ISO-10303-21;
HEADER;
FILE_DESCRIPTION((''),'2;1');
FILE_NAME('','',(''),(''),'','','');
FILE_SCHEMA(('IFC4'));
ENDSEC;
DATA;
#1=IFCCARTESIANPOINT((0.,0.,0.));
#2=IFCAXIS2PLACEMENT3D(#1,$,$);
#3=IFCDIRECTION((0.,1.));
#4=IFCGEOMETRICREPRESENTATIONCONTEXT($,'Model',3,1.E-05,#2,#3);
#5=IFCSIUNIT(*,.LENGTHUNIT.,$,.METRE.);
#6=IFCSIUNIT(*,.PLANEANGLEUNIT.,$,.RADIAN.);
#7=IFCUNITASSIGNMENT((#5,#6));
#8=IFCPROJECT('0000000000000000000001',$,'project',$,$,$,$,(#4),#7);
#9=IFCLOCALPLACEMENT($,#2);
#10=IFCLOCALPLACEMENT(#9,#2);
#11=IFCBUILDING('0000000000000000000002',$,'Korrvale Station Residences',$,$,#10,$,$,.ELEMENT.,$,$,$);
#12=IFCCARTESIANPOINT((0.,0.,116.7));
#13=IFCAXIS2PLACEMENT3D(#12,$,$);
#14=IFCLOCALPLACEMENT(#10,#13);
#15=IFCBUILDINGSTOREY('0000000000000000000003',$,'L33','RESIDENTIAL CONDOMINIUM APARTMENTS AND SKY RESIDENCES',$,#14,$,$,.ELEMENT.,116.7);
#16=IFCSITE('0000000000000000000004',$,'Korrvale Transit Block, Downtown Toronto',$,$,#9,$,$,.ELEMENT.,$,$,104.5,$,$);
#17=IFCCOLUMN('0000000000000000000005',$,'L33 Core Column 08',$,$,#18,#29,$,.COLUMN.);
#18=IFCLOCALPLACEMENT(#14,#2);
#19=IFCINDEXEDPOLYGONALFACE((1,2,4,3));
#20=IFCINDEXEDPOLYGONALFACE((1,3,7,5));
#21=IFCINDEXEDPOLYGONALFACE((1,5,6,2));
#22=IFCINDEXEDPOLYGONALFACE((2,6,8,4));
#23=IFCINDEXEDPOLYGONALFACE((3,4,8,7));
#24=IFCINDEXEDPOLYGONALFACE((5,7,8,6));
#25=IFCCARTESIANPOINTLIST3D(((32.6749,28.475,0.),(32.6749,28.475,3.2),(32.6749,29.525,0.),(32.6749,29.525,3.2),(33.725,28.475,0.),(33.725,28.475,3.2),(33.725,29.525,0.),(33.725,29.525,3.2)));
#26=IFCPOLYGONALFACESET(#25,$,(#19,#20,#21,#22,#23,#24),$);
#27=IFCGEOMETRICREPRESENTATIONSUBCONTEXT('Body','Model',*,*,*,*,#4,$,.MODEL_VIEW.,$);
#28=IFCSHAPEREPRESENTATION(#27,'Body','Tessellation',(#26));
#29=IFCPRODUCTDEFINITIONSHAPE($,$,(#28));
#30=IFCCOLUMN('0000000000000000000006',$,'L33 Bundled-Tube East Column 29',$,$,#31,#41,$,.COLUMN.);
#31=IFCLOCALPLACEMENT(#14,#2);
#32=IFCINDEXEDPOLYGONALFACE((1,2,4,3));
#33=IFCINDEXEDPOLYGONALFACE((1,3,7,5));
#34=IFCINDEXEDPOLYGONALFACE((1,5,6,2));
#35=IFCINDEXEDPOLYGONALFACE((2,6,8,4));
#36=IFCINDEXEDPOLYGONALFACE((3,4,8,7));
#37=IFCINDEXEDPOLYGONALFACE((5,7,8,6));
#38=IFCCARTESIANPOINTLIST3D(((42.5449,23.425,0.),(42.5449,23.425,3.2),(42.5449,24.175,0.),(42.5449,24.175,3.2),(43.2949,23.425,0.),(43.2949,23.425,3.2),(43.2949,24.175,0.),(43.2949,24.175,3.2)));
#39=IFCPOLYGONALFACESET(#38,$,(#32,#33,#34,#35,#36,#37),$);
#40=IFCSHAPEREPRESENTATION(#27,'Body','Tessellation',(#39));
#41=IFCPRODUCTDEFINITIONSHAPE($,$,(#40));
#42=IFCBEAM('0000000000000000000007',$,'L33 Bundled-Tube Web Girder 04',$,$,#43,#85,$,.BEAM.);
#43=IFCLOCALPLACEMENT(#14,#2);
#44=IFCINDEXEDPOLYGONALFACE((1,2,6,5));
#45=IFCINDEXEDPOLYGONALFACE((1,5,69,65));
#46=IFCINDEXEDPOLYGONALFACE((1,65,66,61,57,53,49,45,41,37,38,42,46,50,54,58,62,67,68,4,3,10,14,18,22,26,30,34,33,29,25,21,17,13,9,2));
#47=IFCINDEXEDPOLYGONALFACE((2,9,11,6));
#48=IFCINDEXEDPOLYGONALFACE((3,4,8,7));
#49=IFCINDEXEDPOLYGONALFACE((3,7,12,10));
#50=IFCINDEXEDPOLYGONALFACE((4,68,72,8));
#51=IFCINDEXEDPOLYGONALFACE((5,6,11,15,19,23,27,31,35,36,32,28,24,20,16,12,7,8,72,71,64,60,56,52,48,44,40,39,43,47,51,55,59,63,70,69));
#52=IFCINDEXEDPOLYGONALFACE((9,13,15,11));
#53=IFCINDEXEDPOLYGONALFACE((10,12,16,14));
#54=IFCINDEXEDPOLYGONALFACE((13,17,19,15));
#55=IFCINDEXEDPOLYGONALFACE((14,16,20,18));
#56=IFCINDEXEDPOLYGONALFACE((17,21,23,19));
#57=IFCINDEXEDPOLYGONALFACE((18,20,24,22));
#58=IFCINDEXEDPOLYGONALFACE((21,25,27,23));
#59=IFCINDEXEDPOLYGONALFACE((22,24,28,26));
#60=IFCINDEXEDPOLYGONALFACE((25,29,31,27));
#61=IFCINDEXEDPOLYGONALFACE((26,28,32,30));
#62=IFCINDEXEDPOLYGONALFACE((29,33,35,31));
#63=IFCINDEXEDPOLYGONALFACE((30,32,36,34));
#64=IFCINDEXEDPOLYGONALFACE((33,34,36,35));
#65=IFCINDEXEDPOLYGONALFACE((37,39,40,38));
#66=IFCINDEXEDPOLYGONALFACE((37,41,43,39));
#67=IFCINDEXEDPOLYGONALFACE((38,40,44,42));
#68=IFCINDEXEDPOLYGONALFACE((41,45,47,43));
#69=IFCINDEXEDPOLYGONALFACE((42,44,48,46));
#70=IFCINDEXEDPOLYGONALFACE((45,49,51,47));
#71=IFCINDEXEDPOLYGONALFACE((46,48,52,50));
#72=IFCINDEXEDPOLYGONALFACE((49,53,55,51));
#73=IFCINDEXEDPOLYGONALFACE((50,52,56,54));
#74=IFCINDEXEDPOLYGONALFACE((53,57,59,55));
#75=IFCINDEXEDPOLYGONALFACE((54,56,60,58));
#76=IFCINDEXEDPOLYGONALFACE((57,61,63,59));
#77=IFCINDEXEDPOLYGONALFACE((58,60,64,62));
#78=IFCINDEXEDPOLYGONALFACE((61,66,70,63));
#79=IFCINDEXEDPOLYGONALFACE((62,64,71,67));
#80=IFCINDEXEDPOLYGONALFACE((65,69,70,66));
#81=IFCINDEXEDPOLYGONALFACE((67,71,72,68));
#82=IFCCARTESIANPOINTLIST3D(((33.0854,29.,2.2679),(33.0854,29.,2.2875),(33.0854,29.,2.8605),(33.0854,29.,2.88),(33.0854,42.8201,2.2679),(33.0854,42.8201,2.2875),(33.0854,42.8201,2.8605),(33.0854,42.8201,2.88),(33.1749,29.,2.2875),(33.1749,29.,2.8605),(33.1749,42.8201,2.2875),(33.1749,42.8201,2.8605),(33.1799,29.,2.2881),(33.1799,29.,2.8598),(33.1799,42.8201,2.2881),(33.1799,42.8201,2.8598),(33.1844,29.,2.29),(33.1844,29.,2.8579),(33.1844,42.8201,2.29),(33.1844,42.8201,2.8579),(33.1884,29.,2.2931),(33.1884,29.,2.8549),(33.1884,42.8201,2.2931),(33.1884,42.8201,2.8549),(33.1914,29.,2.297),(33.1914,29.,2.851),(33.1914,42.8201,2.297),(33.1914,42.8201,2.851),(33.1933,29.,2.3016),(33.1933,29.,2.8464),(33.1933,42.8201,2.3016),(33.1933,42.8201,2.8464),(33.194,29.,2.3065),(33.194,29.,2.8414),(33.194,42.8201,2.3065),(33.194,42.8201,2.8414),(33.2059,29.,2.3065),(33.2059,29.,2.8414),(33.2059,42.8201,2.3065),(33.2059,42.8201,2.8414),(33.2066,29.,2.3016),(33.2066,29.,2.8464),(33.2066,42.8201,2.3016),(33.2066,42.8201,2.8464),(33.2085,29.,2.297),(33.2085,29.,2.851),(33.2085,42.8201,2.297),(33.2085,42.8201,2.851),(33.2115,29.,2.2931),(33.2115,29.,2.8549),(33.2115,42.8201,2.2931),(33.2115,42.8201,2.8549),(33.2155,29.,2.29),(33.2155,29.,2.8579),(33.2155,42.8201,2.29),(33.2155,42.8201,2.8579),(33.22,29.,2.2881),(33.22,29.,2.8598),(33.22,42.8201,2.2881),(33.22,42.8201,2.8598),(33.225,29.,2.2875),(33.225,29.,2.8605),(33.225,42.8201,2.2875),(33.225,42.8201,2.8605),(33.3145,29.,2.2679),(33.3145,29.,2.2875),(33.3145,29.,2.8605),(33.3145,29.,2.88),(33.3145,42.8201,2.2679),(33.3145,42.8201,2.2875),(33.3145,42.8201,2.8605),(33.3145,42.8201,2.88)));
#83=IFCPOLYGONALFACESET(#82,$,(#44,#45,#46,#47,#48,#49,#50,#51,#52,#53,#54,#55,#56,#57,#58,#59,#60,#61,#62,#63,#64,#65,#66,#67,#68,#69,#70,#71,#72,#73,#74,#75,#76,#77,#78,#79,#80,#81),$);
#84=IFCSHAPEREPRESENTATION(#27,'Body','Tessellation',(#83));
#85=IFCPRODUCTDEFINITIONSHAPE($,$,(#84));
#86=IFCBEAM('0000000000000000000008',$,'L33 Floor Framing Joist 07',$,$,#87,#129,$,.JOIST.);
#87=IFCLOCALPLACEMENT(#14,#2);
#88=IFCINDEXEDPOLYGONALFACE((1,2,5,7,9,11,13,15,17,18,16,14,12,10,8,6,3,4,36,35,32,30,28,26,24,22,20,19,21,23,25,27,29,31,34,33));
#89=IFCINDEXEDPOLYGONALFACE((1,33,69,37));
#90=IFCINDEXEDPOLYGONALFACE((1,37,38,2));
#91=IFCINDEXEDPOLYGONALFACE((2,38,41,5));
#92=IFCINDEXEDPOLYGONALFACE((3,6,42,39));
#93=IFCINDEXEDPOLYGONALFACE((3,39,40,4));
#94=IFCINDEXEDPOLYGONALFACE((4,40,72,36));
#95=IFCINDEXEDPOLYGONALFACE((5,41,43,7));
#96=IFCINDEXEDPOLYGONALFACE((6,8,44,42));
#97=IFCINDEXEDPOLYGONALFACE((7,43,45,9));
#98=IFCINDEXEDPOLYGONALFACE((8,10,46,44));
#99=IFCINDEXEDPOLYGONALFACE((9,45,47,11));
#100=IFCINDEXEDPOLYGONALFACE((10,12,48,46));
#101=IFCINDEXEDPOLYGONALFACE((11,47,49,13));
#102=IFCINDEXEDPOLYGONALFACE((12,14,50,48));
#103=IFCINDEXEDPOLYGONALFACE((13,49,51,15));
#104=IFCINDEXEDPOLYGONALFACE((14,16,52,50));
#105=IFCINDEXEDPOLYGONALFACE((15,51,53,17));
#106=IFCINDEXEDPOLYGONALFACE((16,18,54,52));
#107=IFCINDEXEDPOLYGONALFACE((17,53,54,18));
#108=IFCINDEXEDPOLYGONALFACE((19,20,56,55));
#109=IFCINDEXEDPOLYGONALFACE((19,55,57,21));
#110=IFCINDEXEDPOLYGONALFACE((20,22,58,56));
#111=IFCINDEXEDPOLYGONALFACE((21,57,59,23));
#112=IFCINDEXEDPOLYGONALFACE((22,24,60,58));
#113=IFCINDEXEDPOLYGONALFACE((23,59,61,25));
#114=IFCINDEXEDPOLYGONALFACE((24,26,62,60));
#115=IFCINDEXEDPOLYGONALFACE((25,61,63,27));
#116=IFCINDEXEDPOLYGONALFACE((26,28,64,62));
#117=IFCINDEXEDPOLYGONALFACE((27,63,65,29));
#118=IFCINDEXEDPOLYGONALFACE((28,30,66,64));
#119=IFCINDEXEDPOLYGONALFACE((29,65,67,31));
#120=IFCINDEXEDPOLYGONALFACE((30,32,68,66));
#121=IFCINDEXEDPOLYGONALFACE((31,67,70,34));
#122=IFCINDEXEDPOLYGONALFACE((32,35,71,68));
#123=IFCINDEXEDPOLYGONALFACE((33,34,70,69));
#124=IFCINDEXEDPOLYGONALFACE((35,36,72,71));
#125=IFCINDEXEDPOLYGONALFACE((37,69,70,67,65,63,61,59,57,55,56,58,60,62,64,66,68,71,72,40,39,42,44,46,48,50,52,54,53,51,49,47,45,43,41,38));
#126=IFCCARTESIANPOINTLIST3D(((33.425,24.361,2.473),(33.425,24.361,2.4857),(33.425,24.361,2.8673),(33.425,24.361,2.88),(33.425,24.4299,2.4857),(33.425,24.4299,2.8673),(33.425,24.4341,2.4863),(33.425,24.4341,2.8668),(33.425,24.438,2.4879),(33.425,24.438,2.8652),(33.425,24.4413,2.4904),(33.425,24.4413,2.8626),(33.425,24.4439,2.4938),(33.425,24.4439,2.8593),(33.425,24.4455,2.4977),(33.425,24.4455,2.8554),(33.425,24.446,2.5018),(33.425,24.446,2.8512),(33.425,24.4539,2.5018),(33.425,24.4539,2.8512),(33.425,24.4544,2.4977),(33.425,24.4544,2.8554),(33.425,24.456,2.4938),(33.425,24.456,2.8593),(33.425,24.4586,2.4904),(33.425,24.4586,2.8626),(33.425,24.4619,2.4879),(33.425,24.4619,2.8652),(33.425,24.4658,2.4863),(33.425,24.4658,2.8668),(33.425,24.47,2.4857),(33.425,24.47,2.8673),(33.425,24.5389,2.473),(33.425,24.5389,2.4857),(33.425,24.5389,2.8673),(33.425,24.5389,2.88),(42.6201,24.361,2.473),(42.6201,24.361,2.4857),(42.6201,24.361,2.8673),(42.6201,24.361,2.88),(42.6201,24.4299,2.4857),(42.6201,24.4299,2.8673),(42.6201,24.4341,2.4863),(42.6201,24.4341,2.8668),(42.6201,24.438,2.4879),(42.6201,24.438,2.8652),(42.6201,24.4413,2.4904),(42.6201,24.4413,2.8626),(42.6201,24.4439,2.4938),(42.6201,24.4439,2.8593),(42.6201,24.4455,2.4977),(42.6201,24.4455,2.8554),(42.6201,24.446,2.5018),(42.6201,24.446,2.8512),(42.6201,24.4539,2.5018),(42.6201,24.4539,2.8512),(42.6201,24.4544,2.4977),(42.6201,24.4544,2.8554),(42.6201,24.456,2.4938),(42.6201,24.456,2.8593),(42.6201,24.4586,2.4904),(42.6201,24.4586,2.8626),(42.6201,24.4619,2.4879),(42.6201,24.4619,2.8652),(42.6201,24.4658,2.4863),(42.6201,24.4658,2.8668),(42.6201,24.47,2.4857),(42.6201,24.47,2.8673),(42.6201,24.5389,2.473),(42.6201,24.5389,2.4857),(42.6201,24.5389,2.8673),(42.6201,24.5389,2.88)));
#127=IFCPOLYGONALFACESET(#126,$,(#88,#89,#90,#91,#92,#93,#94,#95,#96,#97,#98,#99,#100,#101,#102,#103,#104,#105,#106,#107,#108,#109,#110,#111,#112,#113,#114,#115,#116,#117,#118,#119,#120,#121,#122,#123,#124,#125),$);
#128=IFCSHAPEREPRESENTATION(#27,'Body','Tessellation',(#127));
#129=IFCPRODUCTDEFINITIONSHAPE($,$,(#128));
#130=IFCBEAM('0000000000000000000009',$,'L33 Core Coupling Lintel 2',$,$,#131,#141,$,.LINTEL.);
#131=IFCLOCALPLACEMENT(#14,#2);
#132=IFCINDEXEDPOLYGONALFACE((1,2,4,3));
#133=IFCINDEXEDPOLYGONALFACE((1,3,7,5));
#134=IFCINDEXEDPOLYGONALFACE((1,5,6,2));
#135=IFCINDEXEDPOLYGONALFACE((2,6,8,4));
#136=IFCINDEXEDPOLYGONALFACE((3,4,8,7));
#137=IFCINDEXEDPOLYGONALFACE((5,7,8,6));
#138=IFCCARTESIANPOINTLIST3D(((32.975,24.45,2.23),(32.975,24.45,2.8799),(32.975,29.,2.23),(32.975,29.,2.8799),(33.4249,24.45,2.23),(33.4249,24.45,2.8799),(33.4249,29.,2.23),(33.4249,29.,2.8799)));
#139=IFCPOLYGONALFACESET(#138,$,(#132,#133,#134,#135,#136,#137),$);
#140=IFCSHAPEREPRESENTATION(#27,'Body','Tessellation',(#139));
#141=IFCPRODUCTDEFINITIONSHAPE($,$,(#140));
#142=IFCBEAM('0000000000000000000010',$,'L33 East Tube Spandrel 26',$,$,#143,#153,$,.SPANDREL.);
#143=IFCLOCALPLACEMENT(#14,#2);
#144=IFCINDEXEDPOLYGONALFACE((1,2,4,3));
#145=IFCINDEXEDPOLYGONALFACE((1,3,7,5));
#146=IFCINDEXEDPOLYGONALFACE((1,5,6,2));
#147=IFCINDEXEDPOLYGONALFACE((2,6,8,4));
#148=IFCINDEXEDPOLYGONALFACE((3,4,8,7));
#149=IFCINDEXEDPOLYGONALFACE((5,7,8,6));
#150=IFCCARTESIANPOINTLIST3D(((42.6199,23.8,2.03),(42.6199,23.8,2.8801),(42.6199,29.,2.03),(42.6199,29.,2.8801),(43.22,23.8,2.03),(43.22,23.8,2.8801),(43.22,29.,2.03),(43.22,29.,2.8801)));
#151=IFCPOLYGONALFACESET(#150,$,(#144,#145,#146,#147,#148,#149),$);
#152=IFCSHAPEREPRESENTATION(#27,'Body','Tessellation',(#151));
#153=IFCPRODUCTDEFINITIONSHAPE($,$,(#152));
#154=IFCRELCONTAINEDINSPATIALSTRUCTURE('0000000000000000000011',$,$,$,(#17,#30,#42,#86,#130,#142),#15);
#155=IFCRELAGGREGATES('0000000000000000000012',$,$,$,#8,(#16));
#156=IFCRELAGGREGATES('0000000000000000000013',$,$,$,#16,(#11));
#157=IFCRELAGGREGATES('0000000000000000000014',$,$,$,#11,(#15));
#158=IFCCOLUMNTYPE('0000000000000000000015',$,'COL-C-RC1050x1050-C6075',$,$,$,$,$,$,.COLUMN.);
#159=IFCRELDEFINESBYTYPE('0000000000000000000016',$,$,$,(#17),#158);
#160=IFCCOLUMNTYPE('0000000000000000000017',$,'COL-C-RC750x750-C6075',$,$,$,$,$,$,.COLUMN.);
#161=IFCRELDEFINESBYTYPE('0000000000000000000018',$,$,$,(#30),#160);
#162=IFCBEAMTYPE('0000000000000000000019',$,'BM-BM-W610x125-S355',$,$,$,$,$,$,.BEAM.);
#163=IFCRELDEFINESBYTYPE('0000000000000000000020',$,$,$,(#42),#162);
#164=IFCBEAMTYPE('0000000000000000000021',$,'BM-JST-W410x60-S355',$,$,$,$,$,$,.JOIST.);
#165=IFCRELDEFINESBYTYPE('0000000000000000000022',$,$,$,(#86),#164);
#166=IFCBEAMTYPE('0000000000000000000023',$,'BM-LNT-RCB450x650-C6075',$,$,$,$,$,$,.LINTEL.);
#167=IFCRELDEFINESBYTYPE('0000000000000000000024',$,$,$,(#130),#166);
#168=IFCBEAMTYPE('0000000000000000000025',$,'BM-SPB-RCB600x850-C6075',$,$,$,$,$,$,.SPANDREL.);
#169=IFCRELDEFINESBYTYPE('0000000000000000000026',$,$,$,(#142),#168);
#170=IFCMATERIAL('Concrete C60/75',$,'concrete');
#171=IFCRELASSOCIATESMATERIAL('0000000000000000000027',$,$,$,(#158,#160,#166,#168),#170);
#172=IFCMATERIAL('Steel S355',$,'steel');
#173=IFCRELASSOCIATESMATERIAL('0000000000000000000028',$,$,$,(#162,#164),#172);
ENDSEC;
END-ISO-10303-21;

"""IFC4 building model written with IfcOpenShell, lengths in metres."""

from ifc_helpers import new_model, si_unit, direction, frame, origin, origin_2d, place, context, subcontext, project, spatial, rectangle, i_section, extrude, material, material_profile, profile_set, type_object, element, save


model = new_model("IFC4")

# Units and contexts
model_context = context("Model", 3, precision=1e-05, world=origin(), true_north=direction((0.0, 1.0)))
body_context = subcontext(model_context, "Body", "Model", "MODEL_VIEW")
ifc_project = project(units=[si_unit("LENGTHUNIT", "METRE"), si_unit("PLANEANGLEUNIT", "RADIAN")], contexts=[model_context])

# Site, building, storey
site_placement = place(None, origin())
site = spatial("IfcSite", under=ifc_project, at=site_placement, Name="Korrvale Transit Block, Downtown Toronto", CompositionType="ELEMENT", RefElevation=104.5)
building_placement = place(site_placement, origin())
building = spatial("IfcBuilding", under=site, at=building_placement, Name="Korrvale Station Residences", CompositionType="ELEMENT")
storey_placement = place(building_placement, frame((0.0, 0.0, 116.7)))
storey = spatial("IfcBuildingStorey", under=building, at=storey_placement, Name="L33", Description="RESIDENTIAL CONDOMINIUM APARTMENTS AND SKY RESIDENCES", CompositionType="ELEMENT", Elevation=116.7)

# Columns
ifc_material_1 = material(Name="Concrete C60/75", Category="concrete")
ifc_material_profile_1 = material_profile(ifc_material_1, rectangle(XDim=1.05, YDim=1.05, at=origin_2d()), Name="RC1050x1050")
ifc_profile_set_1 = profile_set([ifc_material_profile_1], Name="Concrete C60/75")
column_type_1 = type_object("IfcColumnType", Name="COL-C-RC1050x1050-C6075", PredefinedType="COLUMN", material=ifc_profile_set_1)
column_1_placement = place(storey_placement, frame((33.2, 29.0, 0.0), z_axis=(0.0, 0.0, 1.0), x_axis=(1.0, 0.0, 0.0)))
element("IfcColumn", 1, at=column_1_placement, inside=storey, type_object=column_type_1, Name="L33 Core Column 08", PredefinedType="COLUMN", context=body_context, shape_type="SweptSolid", body=[
    extrude(rectangle(XDim=1.05, YDim=1.05, at=origin_2d()), origin(), (0.0, 0.0, 1.0), 3.2),
])
ifc_material_profile_2 = material_profile(ifc_material_1, rectangle(XDim=0.75, YDim=0.75, at=origin_2d()), Name="RC750x750")
ifc_profile_set_2 = profile_set([ifc_material_profile_2], Name="Concrete C60/75")
column_type_2 = type_object("IfcColumnType", Name="COL-C-RC750x750-C6075", PredefinedType="COLUMN", material=ifc_profile_set_2)
column_2_placement = place(storey_placement, frame((42.9199, 23.8, 0.0), z_axis=(0.0, 0.0, 1.0), x_axis=(1.0, 0.0, 0.0)))
element("IfcColumn", 2, at=column_2_placement, inside=storey, type_object=column_type_2, Name="L33 Bundled-Tube East Column 29", PredefinedType="COLUMN", context=body_context, shape_type="SweptSolid", body=[
    extrude(rectangle(XDim=0.75, YDim=0.75, at=origin_2d()), origin(), (0.0, 0.0, 1.0), 3.2),
])

# Beams
ifc_material_2 = material(Name="Steel S355", Category="steel")
ifc_material_profile_3 = material_profile(ifc_material_2, i_section(OverallWidth=0.229, OverallDepth=0.6121, WebThickness=0.012, FlangeThickness=0.0195, FilletRadius=0.019, at=origin_2d()), Name="W610x125")
ifc_profile_set_3 = profile_set([ifc_material_profile_3], Name="Steel S355")
beam_type_1 = type_object("IfcBeamType", Name="BM-BM-W610x125-S355", PredefinedType="BEAM", material=ifc_profile_set_3)
beam_1_placement = place(storey_placement, frame((33.2, 29.0, 2.574), z_axis=(0.0, 1.0, 0.0), x_axis=(-1.0, 0.0, 0.0)))
element("IfcBeam", 3, at=beam_1_placement, inside=storey, type_object=beam_type_1, Name="L33 Bundled-Tube Web Girder 04", PredefinedType="BEAM", context=body_context, shape_type="SweptSolid", body=[
    extrude(i_section(OverallWidth=0.229, OverallDepth=0.6121, WebThickness=0.012, FlangeThickness=0.0195, FilletRadius=0.019, at=origin_2d()), origin(), (0.0, 0.0, 1.0), 13.8201),
])
ifc_material_profile_4 = material_profile(ifc_material_2, i_section(OverallWidth=0.178, OverallDepth=0.407, WebThickness=0.0078, FlangeThickness=0.0127, FilletRadius=0.0161, at=origin_2d()), Name="W410x60")
ifc_profile_set_4 = profile_set([ifc_material_profile_4], Name="Steel S355")
beam_type_2 = type_object("IfcBeamType", Name="BM-JST-W410x60-S355", PredefinedType="JOIST", material=ifc_profile_set_4)
beam_2_placement = place(storey_placement, frame((33.425, 24.45, 2.6765), z_axis=(1.0, 0.0, 0.0), x_axis=(0.0, 1.0, 0.0)))
element("IfcBeam", 4, at=beam_2_placement, inside=storey, type_object=beam_type_2, Name="L33 Floor Framing Joist 07", PredefinedType="JOIST", context=body_context, shape_type="SweptSolid", body=[
    extrude(i_section(OverallWidth=0.178, OverallDepth=0.407, WebThickness=0.0078, FlangeThickness=0.0127, FilletRadius=0.0161, at=origin_2d()), origin(), (0.0, 0.0, 1.0), 9.1951),
])
ifc_material_profile_5 = material_profile(ifc_material_1, rectangle(XDim=0.45, YDim=0.6499, at=origin_2d()), Name="RCB450x650")
ifc_profile_set_5 = profile_set([ifc_material_profile_5], Name="Concrete C60/75")
beam_type_3 = type_object("IfcBeamType", Name="BM-LNT-RCB450x650-C6075", PredefinedType="LINTEL", material=ifc_profile_set_5)
beam_3_placement = place(storey_placement, frame((33.2, 24.45, 2.5549), z_axis=(0.0, 1.0, 0.0), x_axis=(-1.0, 0.0, 0.0)))
element("IfcBeam", 5, at=beam_3_placement, inside=storey, type_object=beam_type_3, Name="L33 Core Coupling Lintel 2", PredefinedType="LINTEL", context=body_context, shape_type="SweptSolid", body=[
    extrude(rectangle(XDim=0.45, YDim=0.6499, at=origin_2d()), origin(), (0.0, 0.0, 1.0), 4.55),
])
ifc_material_profile_6 = material_profile(ifc_material_1, rectangle(XDim=0.6001, YDim=0.8501, at=origin_2d()), Name="RCB600x850")
ifc_profile_set_6 = profile_set([ifc_material_profile_6], Name="Concrete C60/75")
beam_type_4 = type_object("IfcBeamType", Name="BM-SPB-RCB600x850-C6075", PredefinedType="SPANDREL", material=ifc_profile_set_6)
beam_4_placement = place(storey_placement, frame((42.9199, 23.8, 2.4551), z_axis=(0.0, 1.0, 0.0), x_axis=(-1.0, 0.0, 0.0)))
element("IfcBeam", 6, at=beam_4_placement, inside=storey, type_object=beam_type_4, Name="L33 East Tube Spandrel 26", PredefinedType="SPANDREL", context=body_context, shape_type="SweptSolid", body=[
    extrude(rectangle(XDim=0.6001, YDim=0.8501, at=origin_2d()), origin(), (0.0, 0.0, 1.0), 5.2),
])

save(model, "model.ifc")
